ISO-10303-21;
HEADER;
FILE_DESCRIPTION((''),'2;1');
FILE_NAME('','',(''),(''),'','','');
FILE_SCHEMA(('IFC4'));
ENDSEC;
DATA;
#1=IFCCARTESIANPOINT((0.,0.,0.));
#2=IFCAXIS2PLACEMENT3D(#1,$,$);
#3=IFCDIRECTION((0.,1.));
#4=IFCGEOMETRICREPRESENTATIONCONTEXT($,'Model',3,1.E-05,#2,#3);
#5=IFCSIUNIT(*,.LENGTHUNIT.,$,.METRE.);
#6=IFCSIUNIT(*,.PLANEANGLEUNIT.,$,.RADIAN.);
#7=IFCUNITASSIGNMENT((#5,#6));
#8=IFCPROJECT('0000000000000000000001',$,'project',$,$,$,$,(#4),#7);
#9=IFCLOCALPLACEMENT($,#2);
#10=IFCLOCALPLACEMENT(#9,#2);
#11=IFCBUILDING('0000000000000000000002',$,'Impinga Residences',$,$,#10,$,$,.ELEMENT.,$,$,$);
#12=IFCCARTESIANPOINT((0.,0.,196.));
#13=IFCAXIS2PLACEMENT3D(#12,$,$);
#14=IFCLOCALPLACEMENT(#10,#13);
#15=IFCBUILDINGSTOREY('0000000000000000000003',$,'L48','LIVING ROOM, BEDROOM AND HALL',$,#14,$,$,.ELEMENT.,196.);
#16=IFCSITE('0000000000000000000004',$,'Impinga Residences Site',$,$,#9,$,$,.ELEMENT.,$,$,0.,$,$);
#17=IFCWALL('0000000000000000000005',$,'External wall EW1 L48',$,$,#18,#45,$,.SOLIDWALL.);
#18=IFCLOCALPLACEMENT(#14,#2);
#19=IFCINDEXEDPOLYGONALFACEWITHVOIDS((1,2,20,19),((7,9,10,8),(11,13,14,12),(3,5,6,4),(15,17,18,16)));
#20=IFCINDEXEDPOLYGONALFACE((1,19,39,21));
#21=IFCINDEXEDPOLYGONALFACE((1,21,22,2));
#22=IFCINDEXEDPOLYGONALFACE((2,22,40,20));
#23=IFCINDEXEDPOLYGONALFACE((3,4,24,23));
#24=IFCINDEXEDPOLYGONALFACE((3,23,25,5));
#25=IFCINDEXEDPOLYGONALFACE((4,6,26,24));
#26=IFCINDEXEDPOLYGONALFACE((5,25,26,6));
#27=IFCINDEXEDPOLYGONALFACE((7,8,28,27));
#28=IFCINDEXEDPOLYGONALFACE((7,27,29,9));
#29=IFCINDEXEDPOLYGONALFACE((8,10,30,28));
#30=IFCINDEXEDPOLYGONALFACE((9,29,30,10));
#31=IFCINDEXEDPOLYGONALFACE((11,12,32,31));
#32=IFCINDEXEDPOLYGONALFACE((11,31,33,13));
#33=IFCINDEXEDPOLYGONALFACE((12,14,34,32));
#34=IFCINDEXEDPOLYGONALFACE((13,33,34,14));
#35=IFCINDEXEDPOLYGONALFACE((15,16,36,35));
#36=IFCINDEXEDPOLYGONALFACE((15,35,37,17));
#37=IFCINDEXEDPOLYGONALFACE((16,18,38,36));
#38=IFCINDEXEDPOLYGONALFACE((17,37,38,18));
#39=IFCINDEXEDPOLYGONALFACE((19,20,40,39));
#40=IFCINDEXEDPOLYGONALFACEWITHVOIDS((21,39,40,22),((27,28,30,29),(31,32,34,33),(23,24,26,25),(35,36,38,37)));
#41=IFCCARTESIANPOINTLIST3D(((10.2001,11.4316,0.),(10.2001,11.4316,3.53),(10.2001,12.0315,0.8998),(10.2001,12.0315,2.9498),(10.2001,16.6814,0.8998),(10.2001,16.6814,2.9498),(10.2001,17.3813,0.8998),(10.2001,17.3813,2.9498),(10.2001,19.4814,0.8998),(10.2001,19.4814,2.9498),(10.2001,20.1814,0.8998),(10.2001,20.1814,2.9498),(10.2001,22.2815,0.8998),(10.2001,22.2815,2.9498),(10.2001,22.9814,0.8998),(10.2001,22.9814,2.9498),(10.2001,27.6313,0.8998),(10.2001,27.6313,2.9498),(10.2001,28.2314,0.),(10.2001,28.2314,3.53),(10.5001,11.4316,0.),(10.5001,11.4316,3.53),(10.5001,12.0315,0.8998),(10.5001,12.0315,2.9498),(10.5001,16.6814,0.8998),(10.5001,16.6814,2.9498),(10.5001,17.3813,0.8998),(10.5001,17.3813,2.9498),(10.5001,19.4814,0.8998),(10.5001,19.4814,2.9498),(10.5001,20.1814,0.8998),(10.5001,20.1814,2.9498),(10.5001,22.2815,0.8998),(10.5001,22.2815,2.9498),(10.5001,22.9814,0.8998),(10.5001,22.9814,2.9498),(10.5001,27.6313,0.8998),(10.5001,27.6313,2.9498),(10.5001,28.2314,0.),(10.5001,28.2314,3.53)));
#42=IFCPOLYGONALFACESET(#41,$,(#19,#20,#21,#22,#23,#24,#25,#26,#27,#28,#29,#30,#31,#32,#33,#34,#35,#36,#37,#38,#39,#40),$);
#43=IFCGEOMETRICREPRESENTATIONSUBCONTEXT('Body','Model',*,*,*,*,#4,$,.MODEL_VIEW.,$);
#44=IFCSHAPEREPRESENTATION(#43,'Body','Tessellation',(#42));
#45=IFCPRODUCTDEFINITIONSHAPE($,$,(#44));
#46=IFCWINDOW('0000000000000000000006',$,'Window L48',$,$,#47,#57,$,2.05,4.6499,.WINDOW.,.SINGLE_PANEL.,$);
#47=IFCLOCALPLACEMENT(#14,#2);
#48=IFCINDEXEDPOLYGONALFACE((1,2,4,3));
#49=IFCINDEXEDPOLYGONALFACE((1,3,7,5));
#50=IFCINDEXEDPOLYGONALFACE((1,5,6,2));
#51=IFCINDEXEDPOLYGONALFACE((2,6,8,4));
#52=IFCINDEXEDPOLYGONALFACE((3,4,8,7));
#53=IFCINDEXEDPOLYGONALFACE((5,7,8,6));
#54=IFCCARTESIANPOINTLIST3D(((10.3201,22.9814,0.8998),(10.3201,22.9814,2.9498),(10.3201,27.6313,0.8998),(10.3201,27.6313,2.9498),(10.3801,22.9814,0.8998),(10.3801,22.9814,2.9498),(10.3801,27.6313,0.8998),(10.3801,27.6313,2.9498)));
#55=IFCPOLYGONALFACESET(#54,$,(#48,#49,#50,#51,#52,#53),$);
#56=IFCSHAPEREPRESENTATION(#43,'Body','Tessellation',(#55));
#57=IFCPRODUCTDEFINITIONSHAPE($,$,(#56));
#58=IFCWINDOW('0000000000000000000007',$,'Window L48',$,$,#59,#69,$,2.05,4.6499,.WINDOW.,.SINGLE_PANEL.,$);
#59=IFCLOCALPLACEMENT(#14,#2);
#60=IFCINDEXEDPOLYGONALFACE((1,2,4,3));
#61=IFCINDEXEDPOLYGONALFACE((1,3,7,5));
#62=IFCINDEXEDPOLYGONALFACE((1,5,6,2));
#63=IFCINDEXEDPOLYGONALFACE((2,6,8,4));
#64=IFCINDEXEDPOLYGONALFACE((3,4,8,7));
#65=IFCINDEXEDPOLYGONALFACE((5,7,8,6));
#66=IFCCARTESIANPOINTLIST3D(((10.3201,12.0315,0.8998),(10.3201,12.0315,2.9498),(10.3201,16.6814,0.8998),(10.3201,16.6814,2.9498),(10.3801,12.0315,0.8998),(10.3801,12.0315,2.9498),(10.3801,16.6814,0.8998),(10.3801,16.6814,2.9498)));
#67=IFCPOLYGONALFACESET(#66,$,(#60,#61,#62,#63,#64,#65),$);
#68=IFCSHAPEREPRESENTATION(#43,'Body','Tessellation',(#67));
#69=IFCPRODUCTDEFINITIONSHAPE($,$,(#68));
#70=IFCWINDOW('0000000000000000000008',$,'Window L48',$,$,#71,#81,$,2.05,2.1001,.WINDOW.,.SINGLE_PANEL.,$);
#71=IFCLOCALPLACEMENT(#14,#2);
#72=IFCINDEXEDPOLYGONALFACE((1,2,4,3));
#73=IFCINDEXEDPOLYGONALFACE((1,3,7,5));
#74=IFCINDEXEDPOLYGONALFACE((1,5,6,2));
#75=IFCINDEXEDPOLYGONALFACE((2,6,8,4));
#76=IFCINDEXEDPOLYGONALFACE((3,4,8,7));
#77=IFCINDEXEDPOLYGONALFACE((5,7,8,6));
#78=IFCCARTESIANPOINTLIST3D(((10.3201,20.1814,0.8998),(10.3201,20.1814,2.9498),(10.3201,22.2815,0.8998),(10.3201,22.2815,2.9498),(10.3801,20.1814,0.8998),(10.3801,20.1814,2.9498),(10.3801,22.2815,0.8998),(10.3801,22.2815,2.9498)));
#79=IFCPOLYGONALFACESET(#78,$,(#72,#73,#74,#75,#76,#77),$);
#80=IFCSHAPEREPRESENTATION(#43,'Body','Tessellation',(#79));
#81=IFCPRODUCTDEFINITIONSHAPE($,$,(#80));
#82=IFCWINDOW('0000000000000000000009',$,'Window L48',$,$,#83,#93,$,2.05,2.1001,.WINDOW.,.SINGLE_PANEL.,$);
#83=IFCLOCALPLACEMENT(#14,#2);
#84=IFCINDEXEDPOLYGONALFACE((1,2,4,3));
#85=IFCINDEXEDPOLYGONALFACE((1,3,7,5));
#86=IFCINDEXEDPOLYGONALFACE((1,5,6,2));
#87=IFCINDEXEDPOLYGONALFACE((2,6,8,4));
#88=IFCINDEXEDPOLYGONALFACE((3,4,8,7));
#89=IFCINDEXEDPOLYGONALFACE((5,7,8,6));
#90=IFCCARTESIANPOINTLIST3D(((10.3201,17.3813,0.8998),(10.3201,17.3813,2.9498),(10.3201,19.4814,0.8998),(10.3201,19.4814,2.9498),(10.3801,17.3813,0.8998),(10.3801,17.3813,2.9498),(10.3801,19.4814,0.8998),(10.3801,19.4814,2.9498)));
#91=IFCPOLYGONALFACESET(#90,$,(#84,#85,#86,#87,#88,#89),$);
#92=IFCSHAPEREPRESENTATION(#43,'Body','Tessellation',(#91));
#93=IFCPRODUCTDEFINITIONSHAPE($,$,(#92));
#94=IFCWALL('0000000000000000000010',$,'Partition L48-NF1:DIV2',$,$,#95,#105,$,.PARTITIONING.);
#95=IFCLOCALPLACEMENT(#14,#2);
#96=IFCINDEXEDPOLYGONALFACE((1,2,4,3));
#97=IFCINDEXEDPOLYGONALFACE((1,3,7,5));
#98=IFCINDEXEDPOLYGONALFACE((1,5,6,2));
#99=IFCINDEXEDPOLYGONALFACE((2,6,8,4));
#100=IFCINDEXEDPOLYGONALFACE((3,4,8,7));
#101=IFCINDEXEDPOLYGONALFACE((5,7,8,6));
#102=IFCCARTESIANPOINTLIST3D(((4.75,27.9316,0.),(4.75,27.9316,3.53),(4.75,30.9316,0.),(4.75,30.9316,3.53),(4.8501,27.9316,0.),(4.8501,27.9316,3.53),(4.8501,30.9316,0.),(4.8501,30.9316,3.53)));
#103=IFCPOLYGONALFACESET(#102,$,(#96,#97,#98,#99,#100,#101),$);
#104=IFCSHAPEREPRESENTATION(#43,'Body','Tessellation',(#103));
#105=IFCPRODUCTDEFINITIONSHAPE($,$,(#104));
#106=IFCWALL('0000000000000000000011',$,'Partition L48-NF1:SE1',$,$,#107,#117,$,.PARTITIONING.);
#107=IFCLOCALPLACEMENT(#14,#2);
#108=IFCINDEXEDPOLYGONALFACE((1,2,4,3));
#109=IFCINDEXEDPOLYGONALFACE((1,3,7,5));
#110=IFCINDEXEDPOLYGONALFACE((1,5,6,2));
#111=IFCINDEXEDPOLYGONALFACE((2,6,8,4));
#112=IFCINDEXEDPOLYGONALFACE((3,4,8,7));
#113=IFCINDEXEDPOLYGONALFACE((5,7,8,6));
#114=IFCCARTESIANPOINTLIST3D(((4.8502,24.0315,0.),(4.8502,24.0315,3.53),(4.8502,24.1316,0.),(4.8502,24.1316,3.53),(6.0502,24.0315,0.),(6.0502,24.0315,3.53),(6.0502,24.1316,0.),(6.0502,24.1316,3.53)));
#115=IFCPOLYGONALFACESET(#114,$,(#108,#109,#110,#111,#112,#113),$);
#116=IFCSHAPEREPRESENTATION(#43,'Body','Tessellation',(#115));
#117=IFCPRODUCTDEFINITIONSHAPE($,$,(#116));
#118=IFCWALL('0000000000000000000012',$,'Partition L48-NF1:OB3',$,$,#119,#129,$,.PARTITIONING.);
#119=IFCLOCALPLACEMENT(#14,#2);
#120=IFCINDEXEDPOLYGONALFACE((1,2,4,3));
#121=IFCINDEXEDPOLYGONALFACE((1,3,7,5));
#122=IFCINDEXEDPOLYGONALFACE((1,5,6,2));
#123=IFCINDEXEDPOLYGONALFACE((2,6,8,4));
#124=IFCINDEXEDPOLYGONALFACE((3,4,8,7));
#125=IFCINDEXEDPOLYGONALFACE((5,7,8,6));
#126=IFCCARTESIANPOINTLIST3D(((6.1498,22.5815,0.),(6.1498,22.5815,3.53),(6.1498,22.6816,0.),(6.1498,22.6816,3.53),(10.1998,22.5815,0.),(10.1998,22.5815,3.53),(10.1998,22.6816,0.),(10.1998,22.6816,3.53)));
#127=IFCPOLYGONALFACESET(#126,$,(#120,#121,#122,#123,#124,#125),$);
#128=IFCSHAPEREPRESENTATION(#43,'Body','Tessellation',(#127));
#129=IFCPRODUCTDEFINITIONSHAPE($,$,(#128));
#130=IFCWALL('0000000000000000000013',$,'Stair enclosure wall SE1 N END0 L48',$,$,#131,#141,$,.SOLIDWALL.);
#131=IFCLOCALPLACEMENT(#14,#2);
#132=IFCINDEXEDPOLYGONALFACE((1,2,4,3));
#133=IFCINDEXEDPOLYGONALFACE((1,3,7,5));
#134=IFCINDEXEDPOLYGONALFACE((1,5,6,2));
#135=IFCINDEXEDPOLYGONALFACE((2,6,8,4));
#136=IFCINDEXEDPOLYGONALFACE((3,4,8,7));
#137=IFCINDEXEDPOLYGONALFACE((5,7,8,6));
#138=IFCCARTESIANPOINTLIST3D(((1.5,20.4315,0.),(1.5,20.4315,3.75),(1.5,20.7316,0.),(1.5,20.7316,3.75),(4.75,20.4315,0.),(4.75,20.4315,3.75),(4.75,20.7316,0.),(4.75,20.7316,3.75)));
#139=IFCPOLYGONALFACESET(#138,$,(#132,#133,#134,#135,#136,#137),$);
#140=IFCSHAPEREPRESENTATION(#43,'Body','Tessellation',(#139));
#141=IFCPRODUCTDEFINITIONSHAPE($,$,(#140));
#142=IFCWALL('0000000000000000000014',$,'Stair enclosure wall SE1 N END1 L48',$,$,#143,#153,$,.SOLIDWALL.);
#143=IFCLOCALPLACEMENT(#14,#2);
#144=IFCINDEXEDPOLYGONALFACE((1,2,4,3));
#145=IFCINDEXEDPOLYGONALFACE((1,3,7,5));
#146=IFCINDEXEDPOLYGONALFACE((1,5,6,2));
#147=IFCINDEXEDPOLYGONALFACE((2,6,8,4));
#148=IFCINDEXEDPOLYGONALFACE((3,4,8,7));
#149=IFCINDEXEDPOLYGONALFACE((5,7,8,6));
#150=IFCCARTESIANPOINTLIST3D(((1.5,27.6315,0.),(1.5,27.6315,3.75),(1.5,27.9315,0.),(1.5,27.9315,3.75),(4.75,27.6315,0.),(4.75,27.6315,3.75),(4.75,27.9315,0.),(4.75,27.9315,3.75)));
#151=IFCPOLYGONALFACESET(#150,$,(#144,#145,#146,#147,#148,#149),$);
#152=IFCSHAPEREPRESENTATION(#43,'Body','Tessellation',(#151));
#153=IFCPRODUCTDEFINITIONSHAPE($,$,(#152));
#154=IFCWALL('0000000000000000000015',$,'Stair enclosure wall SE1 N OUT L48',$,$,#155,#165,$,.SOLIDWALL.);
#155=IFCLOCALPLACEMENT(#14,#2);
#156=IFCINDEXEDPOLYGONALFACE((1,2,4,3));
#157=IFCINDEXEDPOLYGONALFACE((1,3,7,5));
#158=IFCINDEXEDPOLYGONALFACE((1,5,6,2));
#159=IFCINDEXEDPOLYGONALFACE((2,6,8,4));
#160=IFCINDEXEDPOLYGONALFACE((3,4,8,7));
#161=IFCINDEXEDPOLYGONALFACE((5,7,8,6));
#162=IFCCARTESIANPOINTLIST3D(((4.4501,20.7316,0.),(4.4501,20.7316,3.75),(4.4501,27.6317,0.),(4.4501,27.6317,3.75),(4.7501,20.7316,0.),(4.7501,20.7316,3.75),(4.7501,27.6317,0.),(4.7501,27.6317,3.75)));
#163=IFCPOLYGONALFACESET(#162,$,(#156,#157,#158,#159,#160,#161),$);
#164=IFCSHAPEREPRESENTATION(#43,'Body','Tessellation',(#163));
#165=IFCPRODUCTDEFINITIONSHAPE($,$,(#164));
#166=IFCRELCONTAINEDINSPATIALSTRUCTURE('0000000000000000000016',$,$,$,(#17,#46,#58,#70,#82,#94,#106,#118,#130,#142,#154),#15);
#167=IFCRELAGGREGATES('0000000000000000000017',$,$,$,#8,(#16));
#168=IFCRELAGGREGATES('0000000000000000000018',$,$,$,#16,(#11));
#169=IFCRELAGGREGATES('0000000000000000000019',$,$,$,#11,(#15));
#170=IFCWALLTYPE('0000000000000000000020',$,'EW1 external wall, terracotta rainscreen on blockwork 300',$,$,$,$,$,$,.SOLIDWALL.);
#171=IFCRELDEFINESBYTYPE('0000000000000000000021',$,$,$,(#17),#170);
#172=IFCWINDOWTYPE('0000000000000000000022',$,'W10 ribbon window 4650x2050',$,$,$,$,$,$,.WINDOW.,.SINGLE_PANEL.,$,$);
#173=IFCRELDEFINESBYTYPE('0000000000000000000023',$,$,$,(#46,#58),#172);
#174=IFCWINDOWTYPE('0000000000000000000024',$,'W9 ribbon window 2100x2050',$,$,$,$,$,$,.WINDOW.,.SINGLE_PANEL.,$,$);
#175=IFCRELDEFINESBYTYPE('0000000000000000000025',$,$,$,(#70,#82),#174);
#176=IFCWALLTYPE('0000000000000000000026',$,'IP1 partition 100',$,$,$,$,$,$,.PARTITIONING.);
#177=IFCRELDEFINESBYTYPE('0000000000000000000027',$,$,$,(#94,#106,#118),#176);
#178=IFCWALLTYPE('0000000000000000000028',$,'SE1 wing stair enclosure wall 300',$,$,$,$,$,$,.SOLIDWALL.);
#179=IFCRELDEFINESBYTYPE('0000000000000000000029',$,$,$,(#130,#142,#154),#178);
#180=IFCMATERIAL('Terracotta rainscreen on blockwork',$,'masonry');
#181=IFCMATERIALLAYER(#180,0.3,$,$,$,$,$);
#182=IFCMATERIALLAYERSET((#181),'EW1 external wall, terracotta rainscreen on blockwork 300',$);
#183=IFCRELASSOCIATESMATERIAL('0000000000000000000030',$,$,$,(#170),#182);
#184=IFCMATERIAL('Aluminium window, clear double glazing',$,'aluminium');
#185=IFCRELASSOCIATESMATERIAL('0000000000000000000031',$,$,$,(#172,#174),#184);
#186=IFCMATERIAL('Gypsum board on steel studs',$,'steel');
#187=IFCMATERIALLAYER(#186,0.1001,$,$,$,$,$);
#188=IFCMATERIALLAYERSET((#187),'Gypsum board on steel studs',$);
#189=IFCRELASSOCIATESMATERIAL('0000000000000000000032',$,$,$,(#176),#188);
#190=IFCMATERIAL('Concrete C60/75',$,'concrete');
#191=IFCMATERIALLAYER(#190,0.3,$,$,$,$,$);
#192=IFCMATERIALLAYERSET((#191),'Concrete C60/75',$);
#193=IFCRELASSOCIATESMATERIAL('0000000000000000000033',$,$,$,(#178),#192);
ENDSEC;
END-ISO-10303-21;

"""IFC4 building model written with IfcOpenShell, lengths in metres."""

from ifc_helpers import new_model, si_unit, direction, frame, frame_2d, origin, place, context, subcontext, project, spatial, rectangle, extrude, material, layer, layer_set, type_object, element, fill, save


model = new_model("IFC4")

# Units and contexts
model_context = context("Model", 3, precision=1e-05, world=origin(), true_north=direction((0.0, 1.0)))
body_context = subcontext(model_context, "Body", "Model", "MODEL_VIEW")
ifc_project = project(units=[si_unit("LENGTHUNIT", "METRE"), si_unit("PLANEANGLEUNIT", "RADIAN")], contexts=[model_context])

# Site, building, storey
site_placement = place(None, origin())
site = spatial("IfcSite", under=ifc_project, at=site_placement, Name="Impinga Residences Site", CompositionType="ELEMENT", RefElevation=0.0)
building_placement = place(site_placement, origin())
building = spatial("IfcBuilding", under=site, at=building_placement, Name="Impinga Residences", CompositionType="ELEMENT")
storey_placement = place(building_placement, frame((0.0, 0.0, 196.0)))
storey = spatial("IfcBuildingStorey", under=building, at=storey_placement, Name="L48", Description="LIVING ROOM, BEDROOM AND HALL", CompositionType="ELEMENT", Elevation=196.0)

# Shared definitions
ifc_material_1 = material(Name="Concrete C60/75", Category="concrete")

# Shared definitions
ifc_material_2 = material(Name="Terracotta rainscreen on blockwork", Category="masonry")
ifc_layer_1 = layer(ifc_material_2, 0.3)
ifc_layer_set_1 = layer_set([ifc_layer_1], Name="EW1 external wall, terracotta rainscreen on blockwork 300")
wall_type_1 = type_object("IfcWallType", Name="EW1 external wall, terracotta rainscreen on blockwork 300", PredefinedType="SOLIDWALL", material=ifc_layer_set_1)

# Wall, openings, windows
wall_1_placement = place(storey_placement, frame((10.3501, 28.2314, 0.0), z_axis=(0.0, 0.0, 1.0), x_axis=(0.0, -1.0, 0.0)))
wall_1 = element("IfcWall", 1, at=wall_1_placement, inside=storey, type_object=wall_type_1, Name="External wall EW1 L48", PredefinedType="SOLIDWALL", context=body_context, shape_type="SweptSolid", body=[
    extrude(rectangle(XDim=16.7998, YDim=0.3, at=frame_2d((8.3999, 0.0))), origin(), (0.0, 0.0, 1.0), 3.53),
])
opening_1_placement = place(wall_1_placement, frame((0.6001, 0.0, 0.8999)))
opening_1 = element("IfcOpeningElement", 2, at=opening_1_placement, cuts=wall_1, PredefinedType="OPENING", context=body_context, shape_type="SweptSolid", body=[
    extrude(rectangle(XDim=4.6499, YDim=2.05, at=frame_2d((2.325, 1.0249))), frame((0.0, 0.1599, 0.0), z_axis=(0.0, -1.0, 0.0), x_axis=(1.0, 0.0, 0.0)), (0.0, 0.0, 1.0), 0.3201),
])
opening_2_placement = place(wall_1_placement, frame((5.95, 0.0, 0.8999)))
opening_2 = element("IfcOpeningElement", 3, at=opening_2_placement, cuts=wall_1, PredefinedType="OPENING", context=body_context, shape_type="SweptSolid", body=[
    extrude(rectangle(XDim=2.1001, YDim=2.05, at=frame_2d((1.05, 1.0249))), frame((0.0, 0.1599, 0.0), z_axis=(0.0, -1.0, 0.0), x_axis=(1.0, 0.0, 0.0)), (0.0, 0.0, 1.0), 0.3201),
])
opening_3_placement = place(wall_1_placement, frame((8.75, 0.0, 0.8999)))
opening_3 = element("IfcOpeningElement", 4, at=opening_3_placement, cuts=wall_1, PredefinedType="OPENING", context=body_context, shape_type="SweptSolid", body=[
    extrude(rectangle(XDim=2.1001, YDim=2.05, at=frame_2d((1.05, 1.0249))), frame((0.0, 0.1599, 0.0), z_axis=(0.0, -1.0, 0.0), x_axis=(1.0, 0.0, 0.0)), (0.0, 0.0, 1.0), 0.3201),
])
opening_4_placement = place(wall_1_placement, frame((11.55, 0.0, 0.8999)))
opening_4 = element("IfcOpeningElement", 5, at=opening_4_placement, cuts=wall_1, PredefinedType="OPENING", context=body_context, shape_type="SweptSolid", body=[
    extrude(rectangle(XDim=4.6499, YDim=2.05, at=frame_2d((2.325, 1.0249))), frame((0.0, 0.1599, 0.0), z_axis=(0.0, -1.0, 0.0), x_axis=(1.0, 0.0, 0.0)), (0.0, 0.0, 1.0), 0.3201),
])
ifc_material_3 = material(Name="Aluminium window, clear double glazing", Category="aluminium")
window_type_1 = type_object("IfcWindowType", Name="W10 ribbon window 4650x2050", PartitioningType="SINGLE_PANEL", PredefinedType="WINDOW", material=ifc_material_3)
window_1_placement = place(opening_1_placement, origin())
window_1 = element("IfcWindow", 6, at=window_1_placement, inside=storey, type_object=window_type_1, Name="Window L48", OverallHeight=2.05, OverallWidth=4.6499, PartitioningType="SINGLE_PANEL", PredefinedType="WINDOW", context=body_context, shape_type="SweptSolid", body=[
    extrude(rectangle(XDim=4.6499, YDim=2.05, at=frame_2d((2.325, 1.0249))), frame((0.0, 0.03, 0.0), z_axis=(0.0, -1.0, 0.0), x_axis=(1.0, 0.0, 0.0)), (0.0, 0.0, 1.0), 0.0601),
])
fill(opening_1, window_1)
window_2_placement = place(opening_4_placement, origin())
window_2 = element("IfcWindow", 7, at=window_2_placement, inside=storey, type_object=window_type_1, Name="Window L48", OverallHeight=2.05, OverallWidth=4.6499, PartitioningType="SINGLE_PANEL", PredefinedType="WINDOW", context=body_context, shape_type="SweptSolid", body=[
    extrude(rectangle(XDim=4.6499, YDim=2.05, at=frame_2d((2.325, 1.0249))), frame((0.0, 0.03, 0.0), z_axis=(0.0, -1.0, 0.0), x_axis=(1.0, 0.0, 0.0)), (0.0, 0.0, 1.0), 0.0601),
])
fill(opening_4, window_2)
window_type_2 = type_object("IfcWindowType", Name="W9 ribbon window 2100x2050", PartitioningType="SINGLE_PANEL", PredefinedType="WINDOW", material=ifc_material_3)
window_3_placement = place(opening_2_placement, origin())
window_3 = element("IfcWindow", 8, at=window_3_placement, inside=storey, type_object=window_type_2, Name="Window L48", OverallHeight=2.05, OverallWidth=2.1001, PartitioningType="SINGLE_PANEL", PredefinedType="WINDOW", context=body_context, shape_type="SweptSolid", body=[
    extrude(rectangle(XDim=2.1001, YDim=2.05, at=frame_2d((1.05, 1.0249))), frame((0.0, 0.03, 0.0), z_axis=(0.0, -1.0, 0.0), x_axis=(1.0, 0.0, 0.0)), (0.0, 0.0, 1.0), 0.0601),
])
fill(opening_2, window_3)
window_4_placement = place(opening_3_placement, origin())
window_4 = element("IfcWindow", 9, at=window_4_placement, inside=storey, type_object=window_type_2, Name="Window L48", OverallHeight=2.05, OverallWidth=2.1001, PartitioningType="SINGLE_PANEL", PredefinedType="WINDOW", context=body_context, shape_type="SweptSolid", body=[
    extrude(rectangle(XDim=2.1001, YDim=2.05, at=frame_2d((1.05, 1.0249))), frame((0.0, 0.03, 0.0), z_axis=(0.0, -1.0, 0.0), x_axis=(1.0, 0.0, 0.0)), (0.0, 0.0, 1.0), 0.0601),
])
fill(opening_3, window_4)

# Walls
ifc_material_4 = material(Name="Gypsum board on steel studs", Category="steel")
ifc_layer_2 = layer(ifc_material_4, 0.1001)
ifc_layer_set_2 = layer_set([ifc_layer_2], Name="Gypsum board on steel studs")
wall_type_2 = type_object("IfcWallType", Name="IP1 partition 100", PredefinedType="PARTITIONING", material=ifc_layer_set_2)
wall_2_placement = place(storey_placement, frame((4.8, 27.9316, 0.0), z_axis=(0.0, 0.0, 1.0), x_axis=(0.0, 1.0, 0.0)))
element("IfcWall", 10, at=wall_2_placement, inside=storey, type_object=wall_type_2, Name="Partition L48-NF1:DIV2", PredefinedType="PARTITIONING", context=body_context, shape_type="SweptSolid", body=[
    extrude(rectangle(XDim=3.0, YDim=0.1001, at=frame_2d((1.5, 0.0))), origin(), (0.0, 0.0, 1.0), 3.53),
])
wall_3_placement = place(storey_placement, frame((4.8501, 24.0815, 0.0), z_axis=(0.0, 0.0, 1.0), x_axis=(1.0, 0.0, 0.0)))
element("IfcWall", 11, at=wall_3_placement, inside=storey, type_object=wall_type_2, Name="Partition L48-NF1:SE1", PredefinedType="PARTITIONING", context=body_context, shape_type="SweptSolid", body=[
    extrude(rectangle(XDim=1.2, YDim=0.1001, at=frame_2d((0.6001, 0.0))), origin(), (0.0, 0.0, 1.0), 3.53),
])
wall_4_placement = place(storey_placement, frame((6.1499, 22.6316, 0.0), z_axis=(0.0, 0.0, 1.0), x_axis=(1.0, 0.0, 0.0)))
element("IfcWall", 12, at=wall_4_placement, inside=storey, type_object=wall_type_2, Name="Partition L48-NF1:OB3", PredefinedType="PARTITIONING", context=body_context, shape_type="SweptSolid", body=[
    extrude(rectangle(XDim=4.05, YDim=0.1001, at=frame_2d((2.0249, 0.0))), origin(), (0.0, 0.0, 1.0), 3.53),
])
ifc_layer_3 = layer(ifc_material_1, 0.3)
ifc_layer_set_3 = layer_set([ifc_layer_3], Name="Concrete C60/75")
wall_type_3 = type_object("IfcWallType", Name="SE1 wing stair enclosure wall 300", PredefinedType="SOLIDWALL", material=ifc_layer_set_3)
for number, where, z_axis, x_axis, name in (
    (13, (1.5, 20.5815, 0.0), (0.0, 0.0, 1.0), (1.0, 0.0, 0.0), "Stair enclosure wall SE1 N END0 L48"),
    (14, (1.5, 27.7815, 0.0), (0.0, 0.0, 1.0), (1.0, 0.0, 0.0), "Stair enclosure wall SE1 N END1 L48"),
):
    element("IfcWall", number, at=place(storey_placement, frame(where, z_axis=z_axis, x_axis=x_axis)), inside=storey, type_object=wall_type_3, Name=name, PredefinedType="SOLIDWALL", context=body_context, shape_type="SweptSolid", body=[
        extrude(rectangle(XDim=3.25, YDim=0.3, at=frame_2d((1.625, 0.0))), origin(), (0.0, 0.0, 1.0), 3.75),
    ])
wall_5_placement = place(storey_placement, frame((4.6001, 20.7314, 0.0), z_axis=(0.0, 0.0, 1.0), x_axis=(0.0, 1.0, 0.0)))
element("IfcWall", 15, at=wall_5_placement, inside=storey, type_object=wall_type_3, Name="Stair enclosure wall SE1 N OUT L48", PredefinedType="SOLIDWALL", context=body_context, shape_type="SweptSolid", body=[
    extrude(rectangle(XDim=6.9001, YDim=0.3, at=frame_2d((3.4502, 0.0))), origin(), (0.0, 0.0, 1.0), 3.75),
])

save(model, "model.ifc")
